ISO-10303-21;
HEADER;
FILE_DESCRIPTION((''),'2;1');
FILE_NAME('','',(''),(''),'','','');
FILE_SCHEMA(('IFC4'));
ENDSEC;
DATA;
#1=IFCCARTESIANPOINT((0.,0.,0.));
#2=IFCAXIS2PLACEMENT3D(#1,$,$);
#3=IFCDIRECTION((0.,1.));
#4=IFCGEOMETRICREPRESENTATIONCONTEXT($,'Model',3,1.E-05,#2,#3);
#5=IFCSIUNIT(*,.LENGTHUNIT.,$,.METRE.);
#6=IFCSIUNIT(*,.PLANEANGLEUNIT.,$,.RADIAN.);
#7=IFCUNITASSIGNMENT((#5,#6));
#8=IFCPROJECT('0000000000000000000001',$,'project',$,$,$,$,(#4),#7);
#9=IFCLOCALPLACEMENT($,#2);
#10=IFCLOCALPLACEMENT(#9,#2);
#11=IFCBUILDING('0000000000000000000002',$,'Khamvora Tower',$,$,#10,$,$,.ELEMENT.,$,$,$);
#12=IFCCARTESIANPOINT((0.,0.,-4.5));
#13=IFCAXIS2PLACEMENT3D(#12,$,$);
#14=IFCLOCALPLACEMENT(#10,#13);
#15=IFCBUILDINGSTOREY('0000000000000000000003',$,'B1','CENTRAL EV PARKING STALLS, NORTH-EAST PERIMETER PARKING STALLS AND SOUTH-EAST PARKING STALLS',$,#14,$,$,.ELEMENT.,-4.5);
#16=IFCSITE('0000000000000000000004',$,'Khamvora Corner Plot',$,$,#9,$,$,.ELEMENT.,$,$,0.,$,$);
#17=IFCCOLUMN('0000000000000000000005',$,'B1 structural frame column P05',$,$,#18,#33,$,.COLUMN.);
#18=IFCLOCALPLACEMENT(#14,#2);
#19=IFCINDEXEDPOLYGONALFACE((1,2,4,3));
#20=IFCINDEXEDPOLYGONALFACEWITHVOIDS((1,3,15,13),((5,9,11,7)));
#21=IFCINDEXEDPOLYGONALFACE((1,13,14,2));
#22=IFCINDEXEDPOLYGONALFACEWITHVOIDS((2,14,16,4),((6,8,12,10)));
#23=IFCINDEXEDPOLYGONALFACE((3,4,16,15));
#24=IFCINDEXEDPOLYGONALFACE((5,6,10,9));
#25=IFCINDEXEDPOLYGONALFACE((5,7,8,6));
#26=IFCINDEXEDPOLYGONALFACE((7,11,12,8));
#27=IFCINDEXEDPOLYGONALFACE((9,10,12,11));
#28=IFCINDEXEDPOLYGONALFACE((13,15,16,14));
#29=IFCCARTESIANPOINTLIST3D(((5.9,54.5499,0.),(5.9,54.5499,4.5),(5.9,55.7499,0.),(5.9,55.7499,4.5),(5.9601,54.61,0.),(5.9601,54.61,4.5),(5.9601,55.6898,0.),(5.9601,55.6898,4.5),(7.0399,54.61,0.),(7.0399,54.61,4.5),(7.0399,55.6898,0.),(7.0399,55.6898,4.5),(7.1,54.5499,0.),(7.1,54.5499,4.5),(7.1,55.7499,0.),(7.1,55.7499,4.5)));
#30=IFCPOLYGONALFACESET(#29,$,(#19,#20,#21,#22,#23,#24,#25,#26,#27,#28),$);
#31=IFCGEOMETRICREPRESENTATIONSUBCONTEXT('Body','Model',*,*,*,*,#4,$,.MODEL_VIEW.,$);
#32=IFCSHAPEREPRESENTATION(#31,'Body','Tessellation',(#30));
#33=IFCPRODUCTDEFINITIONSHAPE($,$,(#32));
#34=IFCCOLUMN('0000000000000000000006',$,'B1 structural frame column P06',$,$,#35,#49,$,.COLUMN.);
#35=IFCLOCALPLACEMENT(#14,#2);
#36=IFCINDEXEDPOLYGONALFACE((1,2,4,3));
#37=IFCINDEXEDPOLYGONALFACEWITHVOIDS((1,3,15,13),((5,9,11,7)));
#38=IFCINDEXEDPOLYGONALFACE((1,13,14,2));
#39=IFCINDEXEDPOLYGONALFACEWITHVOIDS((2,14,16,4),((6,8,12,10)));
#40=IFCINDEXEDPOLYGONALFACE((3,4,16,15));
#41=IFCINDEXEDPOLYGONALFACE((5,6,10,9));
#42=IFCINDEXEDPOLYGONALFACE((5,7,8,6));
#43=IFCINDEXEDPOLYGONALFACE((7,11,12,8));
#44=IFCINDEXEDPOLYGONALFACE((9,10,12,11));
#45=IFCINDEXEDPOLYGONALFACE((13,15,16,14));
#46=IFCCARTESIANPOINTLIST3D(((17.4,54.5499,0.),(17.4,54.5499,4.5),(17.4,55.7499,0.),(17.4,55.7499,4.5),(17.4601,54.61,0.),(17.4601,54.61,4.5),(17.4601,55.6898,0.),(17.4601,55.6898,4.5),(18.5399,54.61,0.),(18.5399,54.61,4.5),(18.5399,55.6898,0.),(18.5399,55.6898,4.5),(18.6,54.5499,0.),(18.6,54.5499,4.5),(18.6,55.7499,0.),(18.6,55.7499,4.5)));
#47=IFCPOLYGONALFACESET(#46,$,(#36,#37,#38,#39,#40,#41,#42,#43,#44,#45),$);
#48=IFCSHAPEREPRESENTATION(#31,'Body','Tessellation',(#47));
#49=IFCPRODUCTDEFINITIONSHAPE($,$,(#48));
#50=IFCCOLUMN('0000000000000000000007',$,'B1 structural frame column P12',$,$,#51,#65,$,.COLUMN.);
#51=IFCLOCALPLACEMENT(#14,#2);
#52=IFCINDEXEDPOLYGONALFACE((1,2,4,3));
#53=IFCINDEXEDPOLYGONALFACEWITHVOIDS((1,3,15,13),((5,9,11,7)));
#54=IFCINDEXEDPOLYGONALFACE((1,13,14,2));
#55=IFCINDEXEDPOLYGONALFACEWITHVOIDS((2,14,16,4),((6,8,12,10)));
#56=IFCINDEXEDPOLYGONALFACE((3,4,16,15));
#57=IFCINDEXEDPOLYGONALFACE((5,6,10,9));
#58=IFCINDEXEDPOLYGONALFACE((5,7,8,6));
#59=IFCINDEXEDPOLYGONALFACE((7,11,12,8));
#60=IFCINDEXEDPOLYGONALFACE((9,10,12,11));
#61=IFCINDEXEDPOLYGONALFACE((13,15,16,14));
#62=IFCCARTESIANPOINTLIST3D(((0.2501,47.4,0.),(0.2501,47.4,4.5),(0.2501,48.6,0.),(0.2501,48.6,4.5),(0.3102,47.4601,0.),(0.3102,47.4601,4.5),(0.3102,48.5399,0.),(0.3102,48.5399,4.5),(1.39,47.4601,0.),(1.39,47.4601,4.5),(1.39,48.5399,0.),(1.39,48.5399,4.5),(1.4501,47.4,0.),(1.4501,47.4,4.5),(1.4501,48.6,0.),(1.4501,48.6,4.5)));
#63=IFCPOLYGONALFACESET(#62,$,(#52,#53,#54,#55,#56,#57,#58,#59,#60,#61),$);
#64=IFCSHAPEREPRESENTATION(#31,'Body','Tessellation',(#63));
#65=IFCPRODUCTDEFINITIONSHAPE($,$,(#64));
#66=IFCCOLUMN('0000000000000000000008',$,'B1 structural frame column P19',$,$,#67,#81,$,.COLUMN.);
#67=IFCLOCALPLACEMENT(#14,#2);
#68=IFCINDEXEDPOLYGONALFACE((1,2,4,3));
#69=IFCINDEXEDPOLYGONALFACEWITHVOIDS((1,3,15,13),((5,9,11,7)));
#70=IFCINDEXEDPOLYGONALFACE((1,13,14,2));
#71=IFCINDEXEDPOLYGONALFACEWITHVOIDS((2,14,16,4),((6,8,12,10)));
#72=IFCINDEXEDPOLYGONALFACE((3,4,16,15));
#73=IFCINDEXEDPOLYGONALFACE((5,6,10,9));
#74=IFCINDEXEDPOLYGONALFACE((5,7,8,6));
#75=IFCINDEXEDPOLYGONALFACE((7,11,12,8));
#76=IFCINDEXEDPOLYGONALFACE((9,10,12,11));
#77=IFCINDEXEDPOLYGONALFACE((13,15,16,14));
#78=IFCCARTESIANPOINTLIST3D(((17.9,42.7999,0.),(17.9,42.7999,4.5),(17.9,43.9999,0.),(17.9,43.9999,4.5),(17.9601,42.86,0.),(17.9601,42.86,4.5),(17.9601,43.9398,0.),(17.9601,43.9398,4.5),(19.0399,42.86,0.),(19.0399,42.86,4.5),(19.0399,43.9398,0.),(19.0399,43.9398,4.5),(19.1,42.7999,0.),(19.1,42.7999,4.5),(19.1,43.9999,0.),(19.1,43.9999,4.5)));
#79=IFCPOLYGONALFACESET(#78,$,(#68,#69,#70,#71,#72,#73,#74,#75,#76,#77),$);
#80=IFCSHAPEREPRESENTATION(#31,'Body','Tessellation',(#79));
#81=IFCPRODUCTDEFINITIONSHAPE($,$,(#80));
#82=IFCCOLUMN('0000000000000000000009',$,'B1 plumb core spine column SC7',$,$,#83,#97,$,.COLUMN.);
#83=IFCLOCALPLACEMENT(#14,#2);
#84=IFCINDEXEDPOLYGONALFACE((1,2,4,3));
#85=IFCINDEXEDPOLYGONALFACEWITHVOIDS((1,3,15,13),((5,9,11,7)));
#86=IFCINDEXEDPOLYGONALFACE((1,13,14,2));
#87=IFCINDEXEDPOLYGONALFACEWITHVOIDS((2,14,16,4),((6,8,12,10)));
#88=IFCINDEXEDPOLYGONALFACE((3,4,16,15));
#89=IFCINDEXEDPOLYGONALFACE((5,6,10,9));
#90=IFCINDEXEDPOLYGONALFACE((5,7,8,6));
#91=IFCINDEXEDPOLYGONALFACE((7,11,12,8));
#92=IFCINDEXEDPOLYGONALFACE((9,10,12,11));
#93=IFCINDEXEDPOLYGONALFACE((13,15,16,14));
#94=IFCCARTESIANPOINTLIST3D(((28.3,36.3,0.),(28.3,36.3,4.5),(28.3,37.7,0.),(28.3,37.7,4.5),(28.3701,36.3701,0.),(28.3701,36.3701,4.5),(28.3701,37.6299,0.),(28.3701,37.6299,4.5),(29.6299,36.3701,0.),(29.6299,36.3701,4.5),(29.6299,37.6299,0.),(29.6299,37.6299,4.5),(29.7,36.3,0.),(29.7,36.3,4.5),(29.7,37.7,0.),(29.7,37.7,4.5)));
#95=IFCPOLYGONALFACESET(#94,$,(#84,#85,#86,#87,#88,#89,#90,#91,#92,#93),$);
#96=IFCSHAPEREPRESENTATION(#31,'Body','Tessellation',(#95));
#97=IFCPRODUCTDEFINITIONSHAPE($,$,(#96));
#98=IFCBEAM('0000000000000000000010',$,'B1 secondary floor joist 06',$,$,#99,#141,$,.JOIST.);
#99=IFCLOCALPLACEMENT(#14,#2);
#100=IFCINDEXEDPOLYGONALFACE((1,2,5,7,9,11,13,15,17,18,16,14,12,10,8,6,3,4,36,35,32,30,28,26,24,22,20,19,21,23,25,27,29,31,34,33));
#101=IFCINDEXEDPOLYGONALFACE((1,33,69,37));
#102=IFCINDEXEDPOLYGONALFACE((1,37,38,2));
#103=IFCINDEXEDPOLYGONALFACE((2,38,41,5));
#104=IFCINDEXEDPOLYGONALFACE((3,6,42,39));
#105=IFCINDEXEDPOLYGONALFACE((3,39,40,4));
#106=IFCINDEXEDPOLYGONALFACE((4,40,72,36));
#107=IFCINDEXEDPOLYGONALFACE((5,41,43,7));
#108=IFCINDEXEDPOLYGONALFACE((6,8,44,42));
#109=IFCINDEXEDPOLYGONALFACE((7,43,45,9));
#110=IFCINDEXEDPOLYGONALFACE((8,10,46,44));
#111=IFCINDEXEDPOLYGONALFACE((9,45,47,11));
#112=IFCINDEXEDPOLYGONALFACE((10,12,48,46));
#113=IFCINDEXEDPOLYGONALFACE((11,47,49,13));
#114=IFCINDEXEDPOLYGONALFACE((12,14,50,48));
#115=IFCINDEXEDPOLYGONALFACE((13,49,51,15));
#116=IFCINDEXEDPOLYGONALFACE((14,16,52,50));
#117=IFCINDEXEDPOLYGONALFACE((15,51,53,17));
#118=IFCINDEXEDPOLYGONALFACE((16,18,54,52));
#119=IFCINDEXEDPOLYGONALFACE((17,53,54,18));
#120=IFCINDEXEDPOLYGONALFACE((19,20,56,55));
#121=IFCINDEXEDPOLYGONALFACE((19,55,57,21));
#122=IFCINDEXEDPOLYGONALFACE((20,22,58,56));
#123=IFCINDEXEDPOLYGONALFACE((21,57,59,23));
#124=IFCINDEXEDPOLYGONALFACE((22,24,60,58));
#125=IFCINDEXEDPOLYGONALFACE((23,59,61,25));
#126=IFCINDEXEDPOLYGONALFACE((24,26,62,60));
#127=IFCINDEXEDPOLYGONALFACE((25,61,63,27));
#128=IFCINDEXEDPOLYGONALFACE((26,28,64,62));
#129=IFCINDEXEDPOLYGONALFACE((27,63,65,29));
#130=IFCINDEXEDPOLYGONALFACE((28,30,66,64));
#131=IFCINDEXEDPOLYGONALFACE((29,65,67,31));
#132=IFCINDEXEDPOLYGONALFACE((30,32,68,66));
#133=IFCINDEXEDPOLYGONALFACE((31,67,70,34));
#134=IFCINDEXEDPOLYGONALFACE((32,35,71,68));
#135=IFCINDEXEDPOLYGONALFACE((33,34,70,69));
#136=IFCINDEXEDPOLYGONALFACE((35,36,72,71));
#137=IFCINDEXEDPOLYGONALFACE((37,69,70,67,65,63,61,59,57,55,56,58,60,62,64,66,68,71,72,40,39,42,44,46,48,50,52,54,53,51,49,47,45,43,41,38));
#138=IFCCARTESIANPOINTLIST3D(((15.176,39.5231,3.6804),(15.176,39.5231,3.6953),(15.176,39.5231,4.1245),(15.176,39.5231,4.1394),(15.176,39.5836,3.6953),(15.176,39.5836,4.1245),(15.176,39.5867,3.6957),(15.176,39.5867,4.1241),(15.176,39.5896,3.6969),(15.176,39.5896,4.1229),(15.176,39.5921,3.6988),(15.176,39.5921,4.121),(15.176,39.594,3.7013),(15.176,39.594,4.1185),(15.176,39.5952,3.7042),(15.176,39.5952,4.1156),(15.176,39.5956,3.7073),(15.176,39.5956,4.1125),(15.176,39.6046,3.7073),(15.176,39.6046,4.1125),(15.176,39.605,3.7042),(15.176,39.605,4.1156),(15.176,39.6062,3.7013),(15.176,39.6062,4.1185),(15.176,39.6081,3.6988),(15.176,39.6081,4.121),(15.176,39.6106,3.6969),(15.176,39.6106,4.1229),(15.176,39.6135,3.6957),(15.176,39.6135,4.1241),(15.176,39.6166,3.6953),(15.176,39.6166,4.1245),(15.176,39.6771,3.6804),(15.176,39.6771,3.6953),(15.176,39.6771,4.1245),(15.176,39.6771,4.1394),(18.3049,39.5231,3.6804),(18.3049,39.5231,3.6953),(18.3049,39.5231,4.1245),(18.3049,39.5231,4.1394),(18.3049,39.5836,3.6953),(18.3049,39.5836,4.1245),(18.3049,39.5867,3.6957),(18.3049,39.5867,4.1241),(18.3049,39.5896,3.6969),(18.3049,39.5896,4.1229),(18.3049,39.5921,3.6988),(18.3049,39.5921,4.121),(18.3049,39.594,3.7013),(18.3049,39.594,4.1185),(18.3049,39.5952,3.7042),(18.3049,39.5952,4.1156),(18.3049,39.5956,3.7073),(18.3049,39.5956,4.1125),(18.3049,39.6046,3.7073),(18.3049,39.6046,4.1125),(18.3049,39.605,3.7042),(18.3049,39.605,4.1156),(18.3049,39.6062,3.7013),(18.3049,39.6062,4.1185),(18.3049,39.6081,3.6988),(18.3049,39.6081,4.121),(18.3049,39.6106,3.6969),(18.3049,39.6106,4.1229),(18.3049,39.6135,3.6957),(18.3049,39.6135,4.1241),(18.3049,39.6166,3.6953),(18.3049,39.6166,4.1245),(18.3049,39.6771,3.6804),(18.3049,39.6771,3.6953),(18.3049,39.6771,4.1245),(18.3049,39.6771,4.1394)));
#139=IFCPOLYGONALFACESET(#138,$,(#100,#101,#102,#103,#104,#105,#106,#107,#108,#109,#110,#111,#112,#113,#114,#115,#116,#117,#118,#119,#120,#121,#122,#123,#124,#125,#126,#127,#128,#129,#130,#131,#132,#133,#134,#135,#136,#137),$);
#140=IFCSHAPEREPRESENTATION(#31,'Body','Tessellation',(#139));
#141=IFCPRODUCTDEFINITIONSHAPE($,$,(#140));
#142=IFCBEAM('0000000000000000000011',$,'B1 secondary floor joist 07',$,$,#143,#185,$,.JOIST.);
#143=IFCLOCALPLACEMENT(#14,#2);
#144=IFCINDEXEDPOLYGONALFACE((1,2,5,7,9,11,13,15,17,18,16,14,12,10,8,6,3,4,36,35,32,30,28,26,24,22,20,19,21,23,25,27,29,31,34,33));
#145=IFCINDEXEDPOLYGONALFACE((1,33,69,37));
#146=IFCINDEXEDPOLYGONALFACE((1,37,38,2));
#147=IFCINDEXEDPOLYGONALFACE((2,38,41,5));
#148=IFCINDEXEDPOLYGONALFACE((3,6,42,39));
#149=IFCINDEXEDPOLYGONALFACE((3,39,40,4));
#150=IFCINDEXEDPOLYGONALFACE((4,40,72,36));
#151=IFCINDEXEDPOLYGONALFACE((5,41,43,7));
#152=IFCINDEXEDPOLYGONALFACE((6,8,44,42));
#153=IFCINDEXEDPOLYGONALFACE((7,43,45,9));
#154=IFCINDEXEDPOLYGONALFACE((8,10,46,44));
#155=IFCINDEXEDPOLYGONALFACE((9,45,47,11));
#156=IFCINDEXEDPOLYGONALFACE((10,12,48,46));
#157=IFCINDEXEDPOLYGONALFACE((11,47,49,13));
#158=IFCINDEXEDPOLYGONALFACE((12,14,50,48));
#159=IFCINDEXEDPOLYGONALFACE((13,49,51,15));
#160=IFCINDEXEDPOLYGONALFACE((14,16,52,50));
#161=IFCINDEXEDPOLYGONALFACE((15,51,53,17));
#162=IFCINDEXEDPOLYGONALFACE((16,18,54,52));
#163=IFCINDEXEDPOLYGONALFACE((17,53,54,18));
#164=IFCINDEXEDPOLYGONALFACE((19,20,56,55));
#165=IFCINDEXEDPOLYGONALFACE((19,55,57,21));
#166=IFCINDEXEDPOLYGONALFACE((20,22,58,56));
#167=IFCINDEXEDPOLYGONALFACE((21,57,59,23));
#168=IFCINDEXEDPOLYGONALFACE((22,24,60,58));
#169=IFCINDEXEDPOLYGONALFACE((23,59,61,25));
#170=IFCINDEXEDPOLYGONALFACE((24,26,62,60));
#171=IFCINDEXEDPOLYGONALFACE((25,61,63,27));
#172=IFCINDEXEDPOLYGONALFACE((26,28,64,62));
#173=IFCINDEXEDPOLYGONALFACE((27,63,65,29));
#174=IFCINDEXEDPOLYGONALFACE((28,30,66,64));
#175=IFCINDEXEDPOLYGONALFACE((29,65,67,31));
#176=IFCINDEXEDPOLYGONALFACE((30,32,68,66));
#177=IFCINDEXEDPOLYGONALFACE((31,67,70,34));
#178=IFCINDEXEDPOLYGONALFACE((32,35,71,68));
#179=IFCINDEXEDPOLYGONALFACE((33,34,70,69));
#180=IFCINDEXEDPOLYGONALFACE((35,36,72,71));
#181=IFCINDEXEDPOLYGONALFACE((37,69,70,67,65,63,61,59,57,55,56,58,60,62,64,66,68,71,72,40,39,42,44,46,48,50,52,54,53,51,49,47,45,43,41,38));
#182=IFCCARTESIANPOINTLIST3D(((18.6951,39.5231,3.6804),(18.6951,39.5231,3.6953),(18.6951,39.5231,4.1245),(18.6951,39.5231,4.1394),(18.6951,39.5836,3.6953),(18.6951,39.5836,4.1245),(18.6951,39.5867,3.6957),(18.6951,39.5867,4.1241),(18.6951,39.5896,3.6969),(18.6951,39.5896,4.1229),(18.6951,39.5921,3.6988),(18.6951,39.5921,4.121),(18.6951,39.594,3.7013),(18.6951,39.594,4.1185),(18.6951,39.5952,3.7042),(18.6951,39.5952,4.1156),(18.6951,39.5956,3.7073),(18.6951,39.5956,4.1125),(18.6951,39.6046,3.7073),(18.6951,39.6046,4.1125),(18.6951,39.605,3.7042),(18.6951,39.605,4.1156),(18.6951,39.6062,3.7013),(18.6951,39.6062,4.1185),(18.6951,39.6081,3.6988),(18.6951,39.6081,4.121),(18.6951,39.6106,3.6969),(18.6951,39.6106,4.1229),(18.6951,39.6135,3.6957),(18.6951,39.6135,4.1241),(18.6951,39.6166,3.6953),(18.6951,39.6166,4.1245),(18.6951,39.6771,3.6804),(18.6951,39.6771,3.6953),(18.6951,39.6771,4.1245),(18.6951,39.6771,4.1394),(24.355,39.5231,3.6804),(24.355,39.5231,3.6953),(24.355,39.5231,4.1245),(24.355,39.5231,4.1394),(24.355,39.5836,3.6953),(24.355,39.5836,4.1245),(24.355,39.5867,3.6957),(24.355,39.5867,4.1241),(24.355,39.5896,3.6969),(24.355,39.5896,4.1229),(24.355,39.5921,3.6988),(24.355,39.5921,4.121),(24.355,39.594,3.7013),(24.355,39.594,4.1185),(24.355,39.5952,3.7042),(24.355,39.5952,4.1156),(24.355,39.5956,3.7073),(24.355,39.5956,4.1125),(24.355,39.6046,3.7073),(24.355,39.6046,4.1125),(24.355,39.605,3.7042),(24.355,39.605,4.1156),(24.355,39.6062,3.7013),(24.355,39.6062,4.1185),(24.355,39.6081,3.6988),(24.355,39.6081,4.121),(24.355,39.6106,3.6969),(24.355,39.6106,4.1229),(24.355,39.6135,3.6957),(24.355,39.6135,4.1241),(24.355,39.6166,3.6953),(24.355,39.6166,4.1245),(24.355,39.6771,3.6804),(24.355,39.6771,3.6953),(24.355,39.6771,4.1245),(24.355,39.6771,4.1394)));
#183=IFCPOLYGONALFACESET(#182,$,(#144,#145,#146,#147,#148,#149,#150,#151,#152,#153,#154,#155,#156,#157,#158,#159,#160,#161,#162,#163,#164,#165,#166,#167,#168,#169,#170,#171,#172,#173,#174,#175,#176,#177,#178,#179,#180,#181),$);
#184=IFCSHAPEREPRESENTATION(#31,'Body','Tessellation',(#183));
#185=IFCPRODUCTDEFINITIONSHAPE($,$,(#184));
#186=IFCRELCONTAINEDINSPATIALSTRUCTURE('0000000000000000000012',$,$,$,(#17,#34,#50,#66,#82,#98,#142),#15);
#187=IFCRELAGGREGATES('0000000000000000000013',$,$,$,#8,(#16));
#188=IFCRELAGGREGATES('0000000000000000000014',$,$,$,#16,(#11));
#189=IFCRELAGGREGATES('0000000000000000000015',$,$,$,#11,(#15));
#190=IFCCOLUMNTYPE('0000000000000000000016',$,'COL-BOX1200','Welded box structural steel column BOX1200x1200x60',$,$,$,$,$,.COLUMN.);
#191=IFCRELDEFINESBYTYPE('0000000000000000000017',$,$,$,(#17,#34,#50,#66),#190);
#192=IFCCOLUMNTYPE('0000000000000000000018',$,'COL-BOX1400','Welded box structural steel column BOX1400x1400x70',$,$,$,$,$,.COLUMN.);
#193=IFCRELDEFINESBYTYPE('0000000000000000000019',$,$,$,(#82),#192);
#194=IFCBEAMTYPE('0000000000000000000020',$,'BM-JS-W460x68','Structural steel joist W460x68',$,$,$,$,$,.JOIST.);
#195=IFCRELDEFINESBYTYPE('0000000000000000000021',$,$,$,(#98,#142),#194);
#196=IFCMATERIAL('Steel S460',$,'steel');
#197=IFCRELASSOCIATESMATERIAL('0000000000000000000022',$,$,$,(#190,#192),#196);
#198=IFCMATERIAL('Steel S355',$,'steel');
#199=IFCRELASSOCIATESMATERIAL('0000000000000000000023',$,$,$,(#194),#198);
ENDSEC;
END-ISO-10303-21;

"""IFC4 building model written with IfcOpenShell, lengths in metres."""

from ifc_helpers import new_model, si_unit, direction, frame, origin, origin_2d, place, context, subcontext, project, spatial, hollow_rectangle, i_section, extrude, material, material_profile, profile_set, type_object, element, save


model = new_model("IFC4")

# Units and contexts
model_context = context("Model", 3, precision=1e-05, world=origin(), true_north=direction((0.0, 1.0)))
body_context = subcontext(model_context, "Body", "Model", "MODEL_VIEW")
ifc_project = project(units=[si_unit("LENGTHUNIT", "METRE"), si_unit("PLANEANGLEUNIT", "RADIAN")], contexts=[model_context])

# Site, building, storey
site_placement = place(None, origin())
site = spatial("IfcSite", under=ifc_project, at=site_placement, Name="Khamvora Corner Plot", CompositionType="ELEMENT", RefElevation=0.0)
building_placement = place(site_placement, origin())
building = spatial("IfcBuilding", under=site, at=building_placement, Name="Khamvora Tower", CompositionType="ELEMENT")
storey_placement = place(building_placement, frame((0.0, 0.0, -4.5)))
storey = spatial("IfcBuildingStorey", under=building, at=storey_placement, Name="B1", Description="CENTRAL EV PARKING STALLS, NORTH-EAST PERIMETER PARKING STALLS AND SOUTH-EAST PARKING STALLS", CompositionType="ELEMENT", Elevation=-4.5)

# Columns
ifc_material_1 = material(Name="Steel S460", Category="steel")
ifc_material_profile_1 = material_profile(ifc_material_1, hollow_rectangle(XDim=1.2, YDim=1.2, WallThickness=0.0601, at=origin_2d()), Name="BOX1200x1200x60")
ifc_profile_set_1 = profile_set([ifc_material_profile_1], Name="Steel S460")
column_type_1 = type_object("IfcColumnType", Name="COL-BOX1200", Description="Welded box structural steel column BOX1200x1200x60", PredefinedType="COLUMN", material=ifc_profile_set_1)
for number, where, z_axis, x_axis, name in (
    (1, (6.5, 55.1499, 0.0), (0.0, 0.0, 1.0), (1.0, 0.0, 0.0), "B1 structural frame column P05"),
    (2, (18.0, 55.1499, 0.0), (0.0, 0.0, 1.0), (1.0, 0.0, 0.0), "B1 structural frame column P06"),
    (3, (0.8501, 48.0, 0.0), (0.0, 0.0, 1.0), (1.0, 0.0, 0.0), "B1 structural frame column P12"),
    (4, (18.5, 43.3999, 0.0), (0.0, 0.0, 1.0), (1.0, 0.0, 0.0), "B1 structural frame column P19"),
):
    element("IfcColumn", number, at=place(storey_placement, frame(where, z_axis=z_axis, x_axis=x_axis)), inside=storey, type_object=column_type_1, Name=name, PredefinedType="COLUMN", context=body_context, shape_type="SweptSolid", body=[
        extrude(hollow_rectangle(XDim=1.2, YDim=1.2, WallThickness=0.0601, at=origin_2d()), origin(), (0.0, 0.0, 1.0), 4.5),
    ])
ifc_material_profile_2 = material_profile(ifc_material_1, hollow_rectangle(XDim=1.3999, YDim=1.3999, WallThickness=0.0701, at=origin_2d()), Name="BOX1400x1400x70")
ifc_profile_set_2 = profile_set([ifc_material_profile_2], Name="Steel S460")
column_type_2 = type_object("IfcColumnType", Name="COL-BOX1400", Description="Welded box structural steel column BOX1400x1400x70", PredefinedType="COLUMN", material=ifc_profile_set_2)
column_placement = place(storey_placement, frame((29.0, 37.0, 0.0), z_axis=(0.0, 0.0, 1.0), x_axis=(1.0, 0.0, 0.0)))
element("IfcColumn", 5, at=column_placement, inside=storey, type_object=column_type_2, Name="B1 plumb core spine column SC7", PredefinedType="COLUMN", context=body_context, shape_type="SweptSolid", body=[
    extrude(hollow_rectangle(XDim=1.3999, YDim=1.3999, WallThickness=0.0701, at=origin_2d()), origin(), (0.0, 0.0, 1.0), 4.5),
])

# Beams
ifc_material_2 = material(Name="Steel S355", Category="steel")
ifc_material_profile_3 = material_profile(ifc_material_2, i_section(OverallWidth=0.1541, OverallDepth=0.459, WebThickness=0.009, FlangeThickness=0.0149, FilletRadius=0.012, at=origin_2d()), Name="W460x68")
ifc_profile_set_3 = profile_set([ifc_material_profile_3], Name="Steel S355")
beam_type_1 = type_object("IfcBeamType", Name="BM-JS-W460x68", Description="Structural steel joist W460x68", PredefinedType="JOIST", material=ifc_profile_set_3)
beam_1_placement = place(storey_placement, frame((15.176, 39.6001, 3.9099), z_axis=(1.0, 0.0, 0.0), x_axis=(0.0, 1.0, 0.0)))
element("IfcBeam", 6, at=beam_1_placement, inside=storey, type_object=beam_type_1, Name="B1 secondary floor joist 06", PredefinedType="JOIST", context=body_context, shape_type="SweptSolid", body=[
    extrude(i_section(OverallWidth=0.1541, OverallDepth=0.459, WebThickness=0.009, FlangeThickness=0.0149, FilletRadius=0.012, at=origin_2d()), origin(), (0.0, 0.0, 1.0), 3.1289),
])
beam_2_placement = place(storey_placement, frame((18.6951, 39.6001, 3.9099), z_axis=(1.0, 0.0, 0.0), x_axis=(0.0, 1.0, 0.0)))
element("IfcBeam", 7, at=beam_2_placement, inside=storey, type_object=beam_type_1, Name="B1 secondary floor joist 07", PredefinedType="JOIST", context=body_context, shape_type="SweptSolid", body=[
    extrude(i_section(OverallWidth=0.1541, OverallDepth=0.459, WebThickness=0.009, FlangeThickness=0.0149, FilletRadius=0.012, at=origin_2d()), origin(), (0.0, 0.0, 1.0), 5.6599),
])

save(model, "model.ifc")
